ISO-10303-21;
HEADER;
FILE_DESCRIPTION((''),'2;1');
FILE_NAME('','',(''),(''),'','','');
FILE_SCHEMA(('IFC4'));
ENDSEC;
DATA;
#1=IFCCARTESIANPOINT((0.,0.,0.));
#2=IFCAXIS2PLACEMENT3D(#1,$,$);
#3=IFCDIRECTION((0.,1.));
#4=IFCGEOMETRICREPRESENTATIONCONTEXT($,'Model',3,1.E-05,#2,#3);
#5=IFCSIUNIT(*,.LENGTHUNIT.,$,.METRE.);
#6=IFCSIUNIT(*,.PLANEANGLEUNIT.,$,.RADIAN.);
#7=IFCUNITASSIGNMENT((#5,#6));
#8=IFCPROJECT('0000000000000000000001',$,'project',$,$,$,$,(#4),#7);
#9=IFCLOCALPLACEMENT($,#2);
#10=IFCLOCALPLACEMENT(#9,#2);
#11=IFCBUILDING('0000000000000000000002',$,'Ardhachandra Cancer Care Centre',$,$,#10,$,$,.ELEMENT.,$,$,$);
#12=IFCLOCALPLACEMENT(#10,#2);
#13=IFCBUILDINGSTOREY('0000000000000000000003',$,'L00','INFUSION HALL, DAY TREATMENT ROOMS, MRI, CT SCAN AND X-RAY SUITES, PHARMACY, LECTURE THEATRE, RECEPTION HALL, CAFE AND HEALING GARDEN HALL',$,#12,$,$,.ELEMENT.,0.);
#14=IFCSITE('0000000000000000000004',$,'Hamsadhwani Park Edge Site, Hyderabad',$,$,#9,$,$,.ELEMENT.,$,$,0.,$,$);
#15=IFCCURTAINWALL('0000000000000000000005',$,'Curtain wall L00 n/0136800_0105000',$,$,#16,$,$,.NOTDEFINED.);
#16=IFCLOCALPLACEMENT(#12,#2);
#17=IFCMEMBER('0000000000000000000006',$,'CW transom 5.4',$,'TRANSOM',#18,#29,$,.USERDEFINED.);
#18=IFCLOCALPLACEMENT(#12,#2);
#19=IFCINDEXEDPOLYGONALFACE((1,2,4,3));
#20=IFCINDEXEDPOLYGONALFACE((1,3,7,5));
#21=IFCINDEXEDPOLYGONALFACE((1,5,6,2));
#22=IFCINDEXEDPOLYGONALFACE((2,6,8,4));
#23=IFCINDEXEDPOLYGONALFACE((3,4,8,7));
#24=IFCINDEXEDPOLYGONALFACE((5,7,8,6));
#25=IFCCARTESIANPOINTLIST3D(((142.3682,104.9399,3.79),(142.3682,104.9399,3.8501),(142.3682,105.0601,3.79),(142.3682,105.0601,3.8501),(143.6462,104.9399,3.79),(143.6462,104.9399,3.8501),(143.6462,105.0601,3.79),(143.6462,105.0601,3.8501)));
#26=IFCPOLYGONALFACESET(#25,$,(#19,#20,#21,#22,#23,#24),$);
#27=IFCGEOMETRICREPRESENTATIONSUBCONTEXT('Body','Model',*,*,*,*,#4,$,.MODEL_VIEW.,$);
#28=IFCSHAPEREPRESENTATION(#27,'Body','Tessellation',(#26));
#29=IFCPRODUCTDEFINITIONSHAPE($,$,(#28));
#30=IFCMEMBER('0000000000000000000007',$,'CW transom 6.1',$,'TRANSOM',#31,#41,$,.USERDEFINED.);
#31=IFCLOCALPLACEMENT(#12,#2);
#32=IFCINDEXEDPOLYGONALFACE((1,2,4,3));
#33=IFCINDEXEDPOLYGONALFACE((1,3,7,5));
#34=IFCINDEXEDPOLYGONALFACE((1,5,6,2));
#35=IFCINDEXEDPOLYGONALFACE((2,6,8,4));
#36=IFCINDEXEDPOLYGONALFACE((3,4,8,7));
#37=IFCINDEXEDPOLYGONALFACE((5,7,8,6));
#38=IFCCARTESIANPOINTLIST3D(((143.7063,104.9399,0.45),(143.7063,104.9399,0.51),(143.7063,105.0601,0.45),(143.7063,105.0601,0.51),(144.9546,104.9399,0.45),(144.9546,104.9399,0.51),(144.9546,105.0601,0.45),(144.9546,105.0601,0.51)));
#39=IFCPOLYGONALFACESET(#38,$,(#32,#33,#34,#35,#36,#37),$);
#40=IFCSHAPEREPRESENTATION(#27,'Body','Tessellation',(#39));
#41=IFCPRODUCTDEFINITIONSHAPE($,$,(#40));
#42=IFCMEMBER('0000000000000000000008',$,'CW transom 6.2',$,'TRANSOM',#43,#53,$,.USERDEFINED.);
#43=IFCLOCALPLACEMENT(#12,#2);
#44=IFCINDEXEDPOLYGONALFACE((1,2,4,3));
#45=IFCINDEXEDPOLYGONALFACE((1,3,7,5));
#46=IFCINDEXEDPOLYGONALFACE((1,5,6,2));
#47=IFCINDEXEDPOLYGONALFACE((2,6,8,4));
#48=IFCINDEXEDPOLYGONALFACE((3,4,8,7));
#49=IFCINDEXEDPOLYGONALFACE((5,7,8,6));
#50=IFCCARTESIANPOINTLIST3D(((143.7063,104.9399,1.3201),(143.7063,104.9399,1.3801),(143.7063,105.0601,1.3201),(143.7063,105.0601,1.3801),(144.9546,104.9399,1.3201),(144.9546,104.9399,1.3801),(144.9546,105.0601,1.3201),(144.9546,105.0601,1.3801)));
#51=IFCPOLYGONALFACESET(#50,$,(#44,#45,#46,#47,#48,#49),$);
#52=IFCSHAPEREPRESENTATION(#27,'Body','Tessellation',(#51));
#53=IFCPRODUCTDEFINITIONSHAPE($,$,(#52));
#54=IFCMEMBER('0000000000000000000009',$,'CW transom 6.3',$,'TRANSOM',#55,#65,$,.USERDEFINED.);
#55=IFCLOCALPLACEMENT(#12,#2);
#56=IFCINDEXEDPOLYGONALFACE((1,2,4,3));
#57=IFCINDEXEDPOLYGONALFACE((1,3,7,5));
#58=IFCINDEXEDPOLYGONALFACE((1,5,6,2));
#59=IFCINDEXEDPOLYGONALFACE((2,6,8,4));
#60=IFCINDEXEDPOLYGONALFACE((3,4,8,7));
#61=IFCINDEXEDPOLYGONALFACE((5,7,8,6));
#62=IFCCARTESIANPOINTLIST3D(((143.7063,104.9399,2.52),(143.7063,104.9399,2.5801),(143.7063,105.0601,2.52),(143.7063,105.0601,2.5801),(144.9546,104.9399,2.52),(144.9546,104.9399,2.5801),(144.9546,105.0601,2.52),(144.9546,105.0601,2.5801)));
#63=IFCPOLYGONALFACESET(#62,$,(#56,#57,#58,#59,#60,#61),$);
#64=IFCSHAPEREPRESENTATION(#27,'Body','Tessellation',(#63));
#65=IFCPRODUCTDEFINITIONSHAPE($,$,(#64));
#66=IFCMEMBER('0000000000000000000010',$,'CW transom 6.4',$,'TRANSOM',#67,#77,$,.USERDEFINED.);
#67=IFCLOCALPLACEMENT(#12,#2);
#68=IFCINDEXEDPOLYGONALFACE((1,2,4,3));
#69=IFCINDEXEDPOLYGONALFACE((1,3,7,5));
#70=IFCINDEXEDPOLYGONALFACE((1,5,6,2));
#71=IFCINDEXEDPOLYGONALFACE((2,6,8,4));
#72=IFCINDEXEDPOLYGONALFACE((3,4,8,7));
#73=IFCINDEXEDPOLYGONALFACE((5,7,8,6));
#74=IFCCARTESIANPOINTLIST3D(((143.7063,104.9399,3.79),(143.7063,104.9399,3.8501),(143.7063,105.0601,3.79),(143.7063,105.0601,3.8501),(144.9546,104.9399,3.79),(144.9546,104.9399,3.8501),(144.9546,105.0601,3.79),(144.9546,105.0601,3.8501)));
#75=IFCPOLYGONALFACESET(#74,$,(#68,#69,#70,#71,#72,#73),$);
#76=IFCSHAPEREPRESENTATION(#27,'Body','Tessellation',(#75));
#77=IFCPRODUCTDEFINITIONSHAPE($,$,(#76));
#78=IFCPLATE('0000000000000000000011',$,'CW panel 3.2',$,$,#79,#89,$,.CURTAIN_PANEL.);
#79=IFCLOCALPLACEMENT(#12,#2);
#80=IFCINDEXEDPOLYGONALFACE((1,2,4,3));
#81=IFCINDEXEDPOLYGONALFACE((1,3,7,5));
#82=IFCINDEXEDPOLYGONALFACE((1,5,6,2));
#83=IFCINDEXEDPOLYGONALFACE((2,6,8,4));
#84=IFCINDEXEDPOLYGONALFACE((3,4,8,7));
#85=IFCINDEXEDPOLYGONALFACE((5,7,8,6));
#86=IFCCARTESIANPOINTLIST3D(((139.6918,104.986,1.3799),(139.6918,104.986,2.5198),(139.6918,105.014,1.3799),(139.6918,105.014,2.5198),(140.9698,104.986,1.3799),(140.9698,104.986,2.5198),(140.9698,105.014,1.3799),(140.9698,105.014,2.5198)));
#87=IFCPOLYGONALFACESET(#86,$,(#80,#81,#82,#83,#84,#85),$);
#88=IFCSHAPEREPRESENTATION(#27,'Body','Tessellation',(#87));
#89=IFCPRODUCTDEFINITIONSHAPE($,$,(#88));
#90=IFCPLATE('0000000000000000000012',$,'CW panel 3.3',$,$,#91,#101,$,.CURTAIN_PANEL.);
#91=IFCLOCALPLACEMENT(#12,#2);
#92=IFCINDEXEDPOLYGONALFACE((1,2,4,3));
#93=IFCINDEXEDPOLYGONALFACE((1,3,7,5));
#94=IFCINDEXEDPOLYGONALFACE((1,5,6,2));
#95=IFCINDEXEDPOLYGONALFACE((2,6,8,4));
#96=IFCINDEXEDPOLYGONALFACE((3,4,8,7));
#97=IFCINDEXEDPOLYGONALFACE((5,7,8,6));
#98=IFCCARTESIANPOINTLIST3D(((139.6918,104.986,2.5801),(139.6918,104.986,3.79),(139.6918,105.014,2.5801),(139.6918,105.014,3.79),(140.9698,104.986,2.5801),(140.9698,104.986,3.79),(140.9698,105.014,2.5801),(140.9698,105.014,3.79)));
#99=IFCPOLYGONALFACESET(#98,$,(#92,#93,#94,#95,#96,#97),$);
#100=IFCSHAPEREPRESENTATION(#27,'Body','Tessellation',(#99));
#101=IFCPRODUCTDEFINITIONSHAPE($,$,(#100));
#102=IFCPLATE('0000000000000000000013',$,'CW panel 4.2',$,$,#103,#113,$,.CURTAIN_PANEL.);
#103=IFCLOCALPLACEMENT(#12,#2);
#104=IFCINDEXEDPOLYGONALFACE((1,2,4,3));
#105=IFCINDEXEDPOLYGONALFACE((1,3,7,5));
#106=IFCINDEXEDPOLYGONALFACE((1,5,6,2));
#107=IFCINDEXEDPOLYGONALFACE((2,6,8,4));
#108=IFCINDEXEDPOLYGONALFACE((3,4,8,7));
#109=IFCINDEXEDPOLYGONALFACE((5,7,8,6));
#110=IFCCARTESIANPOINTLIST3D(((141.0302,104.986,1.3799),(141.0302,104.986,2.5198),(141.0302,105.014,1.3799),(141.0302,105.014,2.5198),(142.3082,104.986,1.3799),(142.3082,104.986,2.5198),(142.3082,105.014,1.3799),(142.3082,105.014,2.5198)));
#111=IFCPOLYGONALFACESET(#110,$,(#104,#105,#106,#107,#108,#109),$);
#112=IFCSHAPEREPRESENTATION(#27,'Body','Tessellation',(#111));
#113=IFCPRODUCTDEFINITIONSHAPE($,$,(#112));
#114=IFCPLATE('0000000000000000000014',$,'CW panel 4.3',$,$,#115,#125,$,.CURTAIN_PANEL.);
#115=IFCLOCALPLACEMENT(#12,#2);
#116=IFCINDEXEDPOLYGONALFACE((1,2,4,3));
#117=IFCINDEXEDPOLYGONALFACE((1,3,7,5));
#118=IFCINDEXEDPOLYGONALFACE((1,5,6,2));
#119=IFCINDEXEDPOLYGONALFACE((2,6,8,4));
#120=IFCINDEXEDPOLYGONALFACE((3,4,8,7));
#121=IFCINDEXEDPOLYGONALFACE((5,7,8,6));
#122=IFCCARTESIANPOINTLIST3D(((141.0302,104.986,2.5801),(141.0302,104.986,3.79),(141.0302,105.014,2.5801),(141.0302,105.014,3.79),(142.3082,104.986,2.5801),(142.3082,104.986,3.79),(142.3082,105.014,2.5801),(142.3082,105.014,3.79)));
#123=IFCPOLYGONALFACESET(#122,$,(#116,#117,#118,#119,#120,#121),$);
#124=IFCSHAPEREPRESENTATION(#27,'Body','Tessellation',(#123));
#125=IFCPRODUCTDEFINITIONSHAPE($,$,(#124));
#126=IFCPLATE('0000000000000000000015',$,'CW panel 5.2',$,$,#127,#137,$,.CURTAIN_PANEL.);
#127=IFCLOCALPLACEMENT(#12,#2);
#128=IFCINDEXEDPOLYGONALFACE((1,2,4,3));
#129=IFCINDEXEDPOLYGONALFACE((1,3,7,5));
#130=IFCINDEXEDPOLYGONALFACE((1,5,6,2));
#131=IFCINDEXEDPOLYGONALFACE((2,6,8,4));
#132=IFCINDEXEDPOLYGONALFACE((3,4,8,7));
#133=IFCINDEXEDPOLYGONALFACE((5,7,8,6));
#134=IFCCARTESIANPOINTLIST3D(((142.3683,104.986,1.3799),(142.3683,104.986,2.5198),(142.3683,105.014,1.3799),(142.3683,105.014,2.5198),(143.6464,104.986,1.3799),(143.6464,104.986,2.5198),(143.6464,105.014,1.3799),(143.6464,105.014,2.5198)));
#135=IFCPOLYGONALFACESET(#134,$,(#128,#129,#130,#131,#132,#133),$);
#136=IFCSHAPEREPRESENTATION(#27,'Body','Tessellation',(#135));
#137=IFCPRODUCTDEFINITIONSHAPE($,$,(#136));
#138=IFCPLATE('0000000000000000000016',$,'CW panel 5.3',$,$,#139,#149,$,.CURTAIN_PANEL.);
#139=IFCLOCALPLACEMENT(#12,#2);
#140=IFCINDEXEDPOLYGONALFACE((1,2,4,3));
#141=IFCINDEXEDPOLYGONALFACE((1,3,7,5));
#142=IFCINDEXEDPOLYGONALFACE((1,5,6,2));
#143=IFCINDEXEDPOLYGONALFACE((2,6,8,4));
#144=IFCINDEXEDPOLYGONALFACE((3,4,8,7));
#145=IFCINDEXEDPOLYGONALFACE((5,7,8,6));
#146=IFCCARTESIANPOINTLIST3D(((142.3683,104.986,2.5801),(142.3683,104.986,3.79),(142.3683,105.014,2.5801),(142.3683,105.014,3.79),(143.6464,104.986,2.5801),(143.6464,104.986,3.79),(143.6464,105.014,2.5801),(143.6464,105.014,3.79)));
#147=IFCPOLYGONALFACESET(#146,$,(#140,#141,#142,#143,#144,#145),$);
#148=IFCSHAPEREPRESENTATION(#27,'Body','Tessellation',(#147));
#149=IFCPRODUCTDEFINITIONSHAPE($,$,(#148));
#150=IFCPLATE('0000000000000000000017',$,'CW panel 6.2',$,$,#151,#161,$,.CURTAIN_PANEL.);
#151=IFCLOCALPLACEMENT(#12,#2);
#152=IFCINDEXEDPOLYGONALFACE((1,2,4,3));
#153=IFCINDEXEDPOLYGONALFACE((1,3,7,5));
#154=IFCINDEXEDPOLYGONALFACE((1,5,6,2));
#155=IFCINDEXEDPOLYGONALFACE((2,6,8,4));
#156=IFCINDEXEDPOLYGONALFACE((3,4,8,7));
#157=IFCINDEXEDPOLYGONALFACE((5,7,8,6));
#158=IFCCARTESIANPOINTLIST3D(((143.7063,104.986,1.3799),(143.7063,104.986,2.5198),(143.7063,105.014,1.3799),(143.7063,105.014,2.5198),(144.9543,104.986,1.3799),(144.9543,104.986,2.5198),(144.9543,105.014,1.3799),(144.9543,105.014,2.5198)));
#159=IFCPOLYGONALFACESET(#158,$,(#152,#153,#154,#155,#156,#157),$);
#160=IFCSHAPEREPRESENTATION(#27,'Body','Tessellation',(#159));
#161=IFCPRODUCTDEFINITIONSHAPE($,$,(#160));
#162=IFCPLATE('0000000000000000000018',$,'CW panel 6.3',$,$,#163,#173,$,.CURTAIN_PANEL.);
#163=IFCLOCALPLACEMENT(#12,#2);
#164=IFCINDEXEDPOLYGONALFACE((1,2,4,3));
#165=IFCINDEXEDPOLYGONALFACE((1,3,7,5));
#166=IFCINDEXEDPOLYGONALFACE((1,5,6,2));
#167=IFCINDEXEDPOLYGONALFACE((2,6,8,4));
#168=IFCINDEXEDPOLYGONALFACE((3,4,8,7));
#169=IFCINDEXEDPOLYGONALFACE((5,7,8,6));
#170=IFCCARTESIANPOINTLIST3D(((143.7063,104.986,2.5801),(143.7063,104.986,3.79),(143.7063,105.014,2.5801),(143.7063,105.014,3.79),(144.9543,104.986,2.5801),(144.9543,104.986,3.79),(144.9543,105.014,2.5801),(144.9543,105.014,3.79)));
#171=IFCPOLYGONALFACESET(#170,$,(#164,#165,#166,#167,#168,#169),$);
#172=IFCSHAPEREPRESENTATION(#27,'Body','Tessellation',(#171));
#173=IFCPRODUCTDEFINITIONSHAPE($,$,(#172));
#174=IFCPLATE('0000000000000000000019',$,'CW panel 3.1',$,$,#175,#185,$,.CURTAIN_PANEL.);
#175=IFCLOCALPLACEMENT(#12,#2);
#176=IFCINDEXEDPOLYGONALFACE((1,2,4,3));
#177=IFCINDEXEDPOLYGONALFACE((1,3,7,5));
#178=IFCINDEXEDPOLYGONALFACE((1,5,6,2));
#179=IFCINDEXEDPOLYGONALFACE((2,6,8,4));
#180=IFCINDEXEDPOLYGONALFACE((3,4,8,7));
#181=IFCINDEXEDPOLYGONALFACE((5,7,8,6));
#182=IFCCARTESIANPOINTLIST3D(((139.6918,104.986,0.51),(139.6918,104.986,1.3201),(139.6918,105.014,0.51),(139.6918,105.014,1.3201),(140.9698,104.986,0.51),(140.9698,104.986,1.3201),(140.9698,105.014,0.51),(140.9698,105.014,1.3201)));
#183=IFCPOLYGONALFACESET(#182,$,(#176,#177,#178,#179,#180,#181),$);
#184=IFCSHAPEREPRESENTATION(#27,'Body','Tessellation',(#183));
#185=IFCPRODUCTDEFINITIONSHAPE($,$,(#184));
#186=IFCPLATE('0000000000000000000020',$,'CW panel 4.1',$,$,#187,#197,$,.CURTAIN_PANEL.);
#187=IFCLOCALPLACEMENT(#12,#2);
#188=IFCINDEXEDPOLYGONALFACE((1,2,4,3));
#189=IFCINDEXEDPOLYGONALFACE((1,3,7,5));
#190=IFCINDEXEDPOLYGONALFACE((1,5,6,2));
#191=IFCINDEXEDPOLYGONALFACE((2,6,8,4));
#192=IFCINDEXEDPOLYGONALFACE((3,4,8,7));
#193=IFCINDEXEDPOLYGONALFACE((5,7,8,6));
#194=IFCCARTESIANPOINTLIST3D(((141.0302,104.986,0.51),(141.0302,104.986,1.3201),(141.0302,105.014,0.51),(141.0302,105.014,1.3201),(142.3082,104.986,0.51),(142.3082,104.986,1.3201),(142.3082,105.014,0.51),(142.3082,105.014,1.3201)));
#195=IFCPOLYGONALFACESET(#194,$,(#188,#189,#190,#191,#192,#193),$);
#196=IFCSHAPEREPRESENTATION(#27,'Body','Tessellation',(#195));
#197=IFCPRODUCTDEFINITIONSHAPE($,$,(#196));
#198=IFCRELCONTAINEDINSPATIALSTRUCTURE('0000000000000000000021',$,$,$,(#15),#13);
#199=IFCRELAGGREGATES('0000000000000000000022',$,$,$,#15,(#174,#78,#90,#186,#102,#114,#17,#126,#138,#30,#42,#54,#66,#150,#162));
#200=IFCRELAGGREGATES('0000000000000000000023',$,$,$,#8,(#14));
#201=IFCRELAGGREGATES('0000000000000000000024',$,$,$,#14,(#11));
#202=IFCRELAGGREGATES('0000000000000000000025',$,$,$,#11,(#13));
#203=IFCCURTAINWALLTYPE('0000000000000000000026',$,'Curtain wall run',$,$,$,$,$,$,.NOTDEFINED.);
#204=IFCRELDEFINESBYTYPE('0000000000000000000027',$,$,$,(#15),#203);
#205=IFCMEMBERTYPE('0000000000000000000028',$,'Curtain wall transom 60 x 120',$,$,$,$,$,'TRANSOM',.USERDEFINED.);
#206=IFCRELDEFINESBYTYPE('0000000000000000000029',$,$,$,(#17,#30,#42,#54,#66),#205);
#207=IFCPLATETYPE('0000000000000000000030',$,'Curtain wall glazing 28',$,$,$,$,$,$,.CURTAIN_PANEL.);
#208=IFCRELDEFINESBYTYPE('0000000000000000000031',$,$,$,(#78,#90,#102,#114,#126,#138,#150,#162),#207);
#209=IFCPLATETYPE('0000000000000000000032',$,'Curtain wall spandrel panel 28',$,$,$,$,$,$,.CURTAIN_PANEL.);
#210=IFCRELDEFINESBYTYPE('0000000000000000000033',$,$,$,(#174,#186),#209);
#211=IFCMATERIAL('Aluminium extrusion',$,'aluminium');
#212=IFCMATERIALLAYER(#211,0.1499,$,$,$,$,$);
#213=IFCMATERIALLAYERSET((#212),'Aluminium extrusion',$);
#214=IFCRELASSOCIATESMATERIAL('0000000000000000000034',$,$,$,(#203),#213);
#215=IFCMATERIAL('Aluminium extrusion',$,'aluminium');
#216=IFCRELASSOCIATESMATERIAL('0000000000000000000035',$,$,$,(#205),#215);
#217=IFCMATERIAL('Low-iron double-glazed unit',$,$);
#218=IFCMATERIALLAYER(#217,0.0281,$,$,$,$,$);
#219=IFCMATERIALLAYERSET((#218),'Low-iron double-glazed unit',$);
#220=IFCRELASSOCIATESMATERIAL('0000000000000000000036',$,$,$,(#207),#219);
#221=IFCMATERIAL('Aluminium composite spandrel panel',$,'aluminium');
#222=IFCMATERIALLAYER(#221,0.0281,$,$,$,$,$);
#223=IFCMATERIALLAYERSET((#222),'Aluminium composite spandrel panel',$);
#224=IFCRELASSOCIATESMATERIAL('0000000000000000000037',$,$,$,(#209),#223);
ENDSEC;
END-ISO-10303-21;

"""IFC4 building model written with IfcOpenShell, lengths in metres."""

from ifc_helpers import new_model, si_unit, direction, frame, origin, origin_2d, place, context, subcontext, project, spatial, rectangle, extrude, material, layer, layer_set, material_profile, profile_set, type_object, element, aggregate, save


model = new_model("IFC4")

# Units and contexts
model_context = context("Model", 3, precision=1e-05, world=origin(), true_north=direction((0.0, 1.0)))
body_context = subcontext(model_context, "Body", "Model", "MODEL_VIEW")
ifc_project = project(units=[si_unit("LENGTHUNIT", "METRE"), si_unit("PLANEANGLEUNIT", "RADIAN")], contexts=[model_context])

# Site, building, storey
site_placement = place(None, origin())
site = spatial("IfcSite", under=ifc_project, at=site_placement, Name="Hamsadhwani Park Edge Site, Hyderabad", CompositionType="ELEMENT", RefElevation=0.0)
building_placement = place(site_placement, origin())
building = spatial("IfcBuilding", under=site, at=building_placement, Name="Ardhachandra Cancer Care Centre", CompositionType="ELEMENT")
storey_placement = place(building_placement, origin())
storey = spatial("IfcBuildingStorey", under=building, at=storey_placement, Name="L00", Description="INFUSION HALL, DAY TREATMENT ROOMS, MRI, CT SCAN AND X-RAY SUITES, PHARMACY, LECTURE THEATRE, RECEPTION HALL, CAFE AND HEALING GARDEN HALL", CompositionType="ELEMENT", Elevation=0.0)

# Curtain wall, members, plates
ifc_material_1 = material(Name="Aluminium extrusion", Category="aluminium")
ifc_layer_1 = layer(ifc_material_1, 0.1499)
ifc_layer_set_1 = layer_set([ifc_layer_1], Name="Aluminium extrusion")
curtain_wall_type = type_object("IfcCurtainWallType", Name="Curtain wall run", PredefinedType="NOTDEFINED", material=ifc_layer_set_1)
curtain_wall_placement = place(storey_placement, origin())
curtain_wall = element("IfcCurtainWall", 1, at=curtain_wall_placement, inside=storey, type_object=curtain_wall_type, Name="Curtain wall L00 n/0136800_0105000", PredefinedType="NOTDEFINED")
ifc_material_2 = material(Name="Aluminium extrusion", Category="aluminium")
ifc_material_profile_1 = material_profile(ifc_material_2, rectangle(XDim=0.1201, YDim=0.0601, at=origin_2d()), Name="Curtain wall transom 60 x 120")
ifc_profile_set_1 = profile_set([ifc_material_profile_1], Name="Aluminium extrusion")
member_type_1 = type_object("IfcMemberType", Name="Curtain wall transom 60 x 120", ElementType="TRANSOM", PredefinedType="USERDEFINED", material=ifc_profile_set_1)
member_1_placement = place(storey_placement, frame((142.3682, 105.0, 3.8201), z_axis=(1.0, 0.0, 0.0), x_axis=(0.0, 1.0, 0.0)))
member_1 = element("IfcMember", 2, at=member_1_placement, type_object=member_type_1, Name="CW transom 5.4", ObjectType="TRANSOM", PredefinedType="USERDEFINED", context=body_context, shape_type="SweptSolid", body=[
    extrude(rectangle(XDim=0.1201, YDim=0.0601, at=origin_2d()), origin(), (0.0, 0.0, 1.0), 1.2781),
])
member_2_placement = place(storey_placement, frame((143.7063, 105.0, 0.48), z_axis=(1.0, 0.0, 0.0), x_axis=(0.0, 1.0, 0.0)))
member_2 = element("IfcMember", 3, at=member_2_placement, type_object=member_type_1, Name="CW transom 6.1", ObjectType="TRANSOM", PredefinedType="USERDEFINED", context=body_context, shape_type="SweptSolid", body=[
    extrude(rectangle(XDim=0.1201, YDim=0.0601, at=origin_2d()), origin(), (0.0, 0.0, 1.0), 1.2483),
])
member_3_placement = place(storey_placement, frame((143.7063, 105.0, 1.3501), z_axis=(1.0, 0.0, 0.0), x_axis=(0.0, 1.0, 0.0)))
member_3 = element("IfcMember", 4, at=member_3_placement, type_object=member_type_1, Name="CW transom 6.2", ObjectType="TRANSOM", PredefinedType="USERDEFINED", context=body_context, shape_type="SweptSolid", body=[
    extrude(rectangle(XDim=0.1201, YDim=0.0601, at=origin_2d()), origin(), (0.0, 0.0, 1.0), 1.2483),
])
member_4_placement = place(storey_placement, frame((143.7063, 105.0, 2.55), z_axis=(1.0, 0.0, 0.0), x_axis=(0.0, 1.0, 0.0)))
member_4 = element("IfcMember", 5, at=member_4_placement, type_object=member_type_1, Name="CW transom 6.3", ObjectType="TRANSOM", PredefinedType="USERDEFINED", context=body_context, shape_type="SweptSolid", body=[
    extrude(rectangle(XDim=0.1201, YDim=0.0601, at=origin_2d()), origin(), (0.0, 0.0, 1.0), 1.2483),
])
member_5_placement = place(storey_placement, frame((143.7063, 105.0, 3.8201), z_axis=(1.0, 0.0, 0.0), x_axis=(0.0, 1.0, 0.0)))
member_5 = element("IfcMember", 6, at=member_5_placement, type_object=member_type_1, Name="CW transom 6.4", ObjectType="TRANSOM", PredefinedType="USERDEFINED", context=body_context, shape_type="SweptSolid", body=[
    extrude(rectangle(XDim=0.1201, YDim=0.0601, at=origin_2d()), origin(), (0.0, 0.0, 1.0), 1.2483),
])
ifc_material_3 = material(Name="Low-iron double-glazed unit")
ifc_layer_2 = layer(ifc_material_3, 0.0281)
ifc_layer_set_2 = layer_set([ifc_layer_2], Name="Low-iron double-glazed unit")
plate_type_1 = type_object("IfcPlateType", Name="Curtain wall glazing 28", PredefinedType="CURTAIN_PANEL", material=ifc_layer_set_2)
plate_1_placement = place(storey_placement, frame((140.3308, 105.0, 1.3799), z_axis=(0.0, 0.0, 1.0), x_axis=(1.0, 0.0, 0.0)))
plate_1 = element("IfcPlate", 7, at=plate_1_placement, type_object=plate_type_1, Name="CW panel 3.2", PredefinedType="CURTAIN_PANEL", context=body_context, shape_type="SweptSolid", body=[
    extrude(rectangle(XDim=1.2781, YDim=0.0281, at=origin_2d()), origin(), (0.0, 0.0, 1.0), 1.1399),
])
plate_2_placement = place(storey_placement, frame((140.3308, 105.0, 2.5801), z_axis=(0.0, 0.0, 1.0), x_axis=(1.0, 0.0, 0.0)))
plate_2 = element("IfcPlate", 8, at=plate_2_placement, type_object=plate_type_1, Name="CW panel 3.3", PredefinedType="CURTAIN_PANEL", context=body_context, shape_type="SweptSolid", body=[
    extrude(rectangle(XDim=1.2781, YDim=0.0281, at=origin_2d()), origin(), (0.0, 0.0, 1.0), 1.21),
])
plate_3_placement = place(storey_placement, frame((141.6692, 105.0, 1.3799), z_axis=(0.0, 0.0, 1.0), x_axis=(1.0, 0.0, 0.0)))
plate_3 = element("IfcPlate", 9, at=plate_3_placement, type_object=plate_type_1, Name="CW panel 4.2", PredefinedType="CURTAIN_PANEL", context=body_context, shape_type="SweptSolid", body=[
    extrude(rectangle(XDim=1.2781, YDim=0.0281, at=origin_2d()), origin(), (0.0, 0.0, 1.0), 1.1399),
])
plate_4_placement = place(storey_placement, frame((141.6692, 105.0, 2.5801), z_axis=(0.0, 0.0, 1.0), x_axis=(1.0, 0.0, 0.0)))
plate_4 = element("IfcPlate", 10, at=plate_4_placement, type_object=plate_type_1, Name="CW panel 4.3", PredefinedType="CURTAIN_PANEL", context=body_context, shape_type="SweptSolid", body=[
    extrude(rectangle(XDim=1.2781, YDim=0.0281, at=origin_2d()), origin(), (0.0, 0.0, 1.0), 1.21),
])
plate_5_placement = place(storey_placement, frame((143.0073, 105.0, 1.3799), z_axis=(0.0, 0.0, 1.0), x_axis=(1.0, 0.0, 0.0)))
plate_5 = element("IfcPlate", 11, at=plate_5_placement, type_object=plate_type_1, Name="CW panel 5.2", PredefinedType="CURTAIN_PANEL", context=body_context, shape_type="SweptSolid", body=[
    extrude(rectangle(XDim=1.2781, YDim=0.0281, at=origin_2d()), origin(), (0.0, 0.0, 1.0), 1.1399),
])
plate_6_placement = place(storey_placement, frame((143.0073, 105.0, 2.5801), z_axis=(0.0, 0.0, 1.0), x_axis=(1.0, 0.0, 0.0)))
plate_6 = element("IfcPlate", 12, at=plate_6_placement, type_object=plate_type_1, Name="CW panel 5.3", PredefinedType="CURTAIN_PANEL", context=body_context, shape_type="SweptSolid", body=[
    extrude(rectangle(XDim=1.2781, YDim=0.0281, at=origin_2d()), origin(), (0.0, 0.0, 1.0), 1.21),
])
plate_7_placement = place(storey_placement, frame((144.3303, 105.0, 1.3799), z_axis=(0.0, 0.0, 1.0), x_axis=(1.0, 0.0, 0.0)))
plate_7 = element("IfcPlate", 13, at=plate_7_placement, type_object=plate_type_1, Name="CW panel 6.2", PredefinedType="CURTAIN_PANEL", context=body_context, shape_type="SweptSolid", body=[
    extrude(rectangle(XDim=1.248, YDim=0.0281, at=origin_2d()), origin(), (0.0, 0.0, 1.0), 1.1399),
])
plate_8_placement = place(storey_placement, frame((144.3303, 105.0, 2.5801), z_axis=(0.0, 0.0, 1.0), x_axis=(1.0, 0.0, 0.0)))
plate_8 = element("IfcPlate", 14, at=plate_8_placement, type_object=plate_type_1, Name="CW panel 6.3", PredefinedType="CURTAIN_PANEL", context=body_context, shape_type="SweptSolid", body=[
    extrude(rectangle(XDim=1.248, YDim=0.0281, at=origin_2d()), origin(), (0.0, 0.0, 1.0), 1.21),
])
ifc_material_4 = material(Name="Aluminium composite spandrel panel", Category="aluminium")
ifc_layer_3 = layer(ifc_material_4, 0.0281)
ifc_layer_set_3 = layer_set([ifc_layer_3], Name="Aluminium composite spandrel panel")
plate_type_2 = type_object("IfcPlateType", Name="Curtain wall spandrel panel 28", PredefinedType="CURTAIN_PANEL", material=ifc_layer_set_3)
plate_9_placement = place(storey_placement, frame((140.3308, 105.0, 0.51), z_axis=(0.0, 0.0, 1.0), x_axis=(1.0, 0.0, 0.0)))
plate_9 = element("IfcPlate", 15, at=plate_9_placement, type_object=plate_type_2, Name="CW panel 3.1", PredefinedType="CURTAIN_PANEL", context=body_context, shape_type="SweptSolid", body=[
    extrude(rectangle(XDim=1.2781, YDim=0.0281, at=origin_2d()), origin(), (0.0, 0.0, 1.0), 0.8101),
])
plate_10_placement = place(storey_placement, frame((141.6692, 105.0, 0.51), z_axis=(0.0, 0.0, 1.0), x_axis=(1.0, 0.0, 0.0)))
plate_10 = element("IfcPlate", 16, at=plate_10_placement, type_object=plate_type_2, Name="CW panel 4.1", PredefinedType="CURTAIN_PANEL", context=body_context, shape_type="SweptSolid", body=[
    extrude(rectangle(XDim=1.2781, YDim=0.0281, at=origin_2d()), origin(), (0.0, 0.0, 1.0), 0.8101),
])
aggregate(curtain_wall, [plate_9, plate_1, plate_2, plate_10, plate_3, plate_4, member_1, plate_5, plate_6, member_2, member_3, member_4, member_5, plate_7, plate_8])

save(model, "model.ifc")
